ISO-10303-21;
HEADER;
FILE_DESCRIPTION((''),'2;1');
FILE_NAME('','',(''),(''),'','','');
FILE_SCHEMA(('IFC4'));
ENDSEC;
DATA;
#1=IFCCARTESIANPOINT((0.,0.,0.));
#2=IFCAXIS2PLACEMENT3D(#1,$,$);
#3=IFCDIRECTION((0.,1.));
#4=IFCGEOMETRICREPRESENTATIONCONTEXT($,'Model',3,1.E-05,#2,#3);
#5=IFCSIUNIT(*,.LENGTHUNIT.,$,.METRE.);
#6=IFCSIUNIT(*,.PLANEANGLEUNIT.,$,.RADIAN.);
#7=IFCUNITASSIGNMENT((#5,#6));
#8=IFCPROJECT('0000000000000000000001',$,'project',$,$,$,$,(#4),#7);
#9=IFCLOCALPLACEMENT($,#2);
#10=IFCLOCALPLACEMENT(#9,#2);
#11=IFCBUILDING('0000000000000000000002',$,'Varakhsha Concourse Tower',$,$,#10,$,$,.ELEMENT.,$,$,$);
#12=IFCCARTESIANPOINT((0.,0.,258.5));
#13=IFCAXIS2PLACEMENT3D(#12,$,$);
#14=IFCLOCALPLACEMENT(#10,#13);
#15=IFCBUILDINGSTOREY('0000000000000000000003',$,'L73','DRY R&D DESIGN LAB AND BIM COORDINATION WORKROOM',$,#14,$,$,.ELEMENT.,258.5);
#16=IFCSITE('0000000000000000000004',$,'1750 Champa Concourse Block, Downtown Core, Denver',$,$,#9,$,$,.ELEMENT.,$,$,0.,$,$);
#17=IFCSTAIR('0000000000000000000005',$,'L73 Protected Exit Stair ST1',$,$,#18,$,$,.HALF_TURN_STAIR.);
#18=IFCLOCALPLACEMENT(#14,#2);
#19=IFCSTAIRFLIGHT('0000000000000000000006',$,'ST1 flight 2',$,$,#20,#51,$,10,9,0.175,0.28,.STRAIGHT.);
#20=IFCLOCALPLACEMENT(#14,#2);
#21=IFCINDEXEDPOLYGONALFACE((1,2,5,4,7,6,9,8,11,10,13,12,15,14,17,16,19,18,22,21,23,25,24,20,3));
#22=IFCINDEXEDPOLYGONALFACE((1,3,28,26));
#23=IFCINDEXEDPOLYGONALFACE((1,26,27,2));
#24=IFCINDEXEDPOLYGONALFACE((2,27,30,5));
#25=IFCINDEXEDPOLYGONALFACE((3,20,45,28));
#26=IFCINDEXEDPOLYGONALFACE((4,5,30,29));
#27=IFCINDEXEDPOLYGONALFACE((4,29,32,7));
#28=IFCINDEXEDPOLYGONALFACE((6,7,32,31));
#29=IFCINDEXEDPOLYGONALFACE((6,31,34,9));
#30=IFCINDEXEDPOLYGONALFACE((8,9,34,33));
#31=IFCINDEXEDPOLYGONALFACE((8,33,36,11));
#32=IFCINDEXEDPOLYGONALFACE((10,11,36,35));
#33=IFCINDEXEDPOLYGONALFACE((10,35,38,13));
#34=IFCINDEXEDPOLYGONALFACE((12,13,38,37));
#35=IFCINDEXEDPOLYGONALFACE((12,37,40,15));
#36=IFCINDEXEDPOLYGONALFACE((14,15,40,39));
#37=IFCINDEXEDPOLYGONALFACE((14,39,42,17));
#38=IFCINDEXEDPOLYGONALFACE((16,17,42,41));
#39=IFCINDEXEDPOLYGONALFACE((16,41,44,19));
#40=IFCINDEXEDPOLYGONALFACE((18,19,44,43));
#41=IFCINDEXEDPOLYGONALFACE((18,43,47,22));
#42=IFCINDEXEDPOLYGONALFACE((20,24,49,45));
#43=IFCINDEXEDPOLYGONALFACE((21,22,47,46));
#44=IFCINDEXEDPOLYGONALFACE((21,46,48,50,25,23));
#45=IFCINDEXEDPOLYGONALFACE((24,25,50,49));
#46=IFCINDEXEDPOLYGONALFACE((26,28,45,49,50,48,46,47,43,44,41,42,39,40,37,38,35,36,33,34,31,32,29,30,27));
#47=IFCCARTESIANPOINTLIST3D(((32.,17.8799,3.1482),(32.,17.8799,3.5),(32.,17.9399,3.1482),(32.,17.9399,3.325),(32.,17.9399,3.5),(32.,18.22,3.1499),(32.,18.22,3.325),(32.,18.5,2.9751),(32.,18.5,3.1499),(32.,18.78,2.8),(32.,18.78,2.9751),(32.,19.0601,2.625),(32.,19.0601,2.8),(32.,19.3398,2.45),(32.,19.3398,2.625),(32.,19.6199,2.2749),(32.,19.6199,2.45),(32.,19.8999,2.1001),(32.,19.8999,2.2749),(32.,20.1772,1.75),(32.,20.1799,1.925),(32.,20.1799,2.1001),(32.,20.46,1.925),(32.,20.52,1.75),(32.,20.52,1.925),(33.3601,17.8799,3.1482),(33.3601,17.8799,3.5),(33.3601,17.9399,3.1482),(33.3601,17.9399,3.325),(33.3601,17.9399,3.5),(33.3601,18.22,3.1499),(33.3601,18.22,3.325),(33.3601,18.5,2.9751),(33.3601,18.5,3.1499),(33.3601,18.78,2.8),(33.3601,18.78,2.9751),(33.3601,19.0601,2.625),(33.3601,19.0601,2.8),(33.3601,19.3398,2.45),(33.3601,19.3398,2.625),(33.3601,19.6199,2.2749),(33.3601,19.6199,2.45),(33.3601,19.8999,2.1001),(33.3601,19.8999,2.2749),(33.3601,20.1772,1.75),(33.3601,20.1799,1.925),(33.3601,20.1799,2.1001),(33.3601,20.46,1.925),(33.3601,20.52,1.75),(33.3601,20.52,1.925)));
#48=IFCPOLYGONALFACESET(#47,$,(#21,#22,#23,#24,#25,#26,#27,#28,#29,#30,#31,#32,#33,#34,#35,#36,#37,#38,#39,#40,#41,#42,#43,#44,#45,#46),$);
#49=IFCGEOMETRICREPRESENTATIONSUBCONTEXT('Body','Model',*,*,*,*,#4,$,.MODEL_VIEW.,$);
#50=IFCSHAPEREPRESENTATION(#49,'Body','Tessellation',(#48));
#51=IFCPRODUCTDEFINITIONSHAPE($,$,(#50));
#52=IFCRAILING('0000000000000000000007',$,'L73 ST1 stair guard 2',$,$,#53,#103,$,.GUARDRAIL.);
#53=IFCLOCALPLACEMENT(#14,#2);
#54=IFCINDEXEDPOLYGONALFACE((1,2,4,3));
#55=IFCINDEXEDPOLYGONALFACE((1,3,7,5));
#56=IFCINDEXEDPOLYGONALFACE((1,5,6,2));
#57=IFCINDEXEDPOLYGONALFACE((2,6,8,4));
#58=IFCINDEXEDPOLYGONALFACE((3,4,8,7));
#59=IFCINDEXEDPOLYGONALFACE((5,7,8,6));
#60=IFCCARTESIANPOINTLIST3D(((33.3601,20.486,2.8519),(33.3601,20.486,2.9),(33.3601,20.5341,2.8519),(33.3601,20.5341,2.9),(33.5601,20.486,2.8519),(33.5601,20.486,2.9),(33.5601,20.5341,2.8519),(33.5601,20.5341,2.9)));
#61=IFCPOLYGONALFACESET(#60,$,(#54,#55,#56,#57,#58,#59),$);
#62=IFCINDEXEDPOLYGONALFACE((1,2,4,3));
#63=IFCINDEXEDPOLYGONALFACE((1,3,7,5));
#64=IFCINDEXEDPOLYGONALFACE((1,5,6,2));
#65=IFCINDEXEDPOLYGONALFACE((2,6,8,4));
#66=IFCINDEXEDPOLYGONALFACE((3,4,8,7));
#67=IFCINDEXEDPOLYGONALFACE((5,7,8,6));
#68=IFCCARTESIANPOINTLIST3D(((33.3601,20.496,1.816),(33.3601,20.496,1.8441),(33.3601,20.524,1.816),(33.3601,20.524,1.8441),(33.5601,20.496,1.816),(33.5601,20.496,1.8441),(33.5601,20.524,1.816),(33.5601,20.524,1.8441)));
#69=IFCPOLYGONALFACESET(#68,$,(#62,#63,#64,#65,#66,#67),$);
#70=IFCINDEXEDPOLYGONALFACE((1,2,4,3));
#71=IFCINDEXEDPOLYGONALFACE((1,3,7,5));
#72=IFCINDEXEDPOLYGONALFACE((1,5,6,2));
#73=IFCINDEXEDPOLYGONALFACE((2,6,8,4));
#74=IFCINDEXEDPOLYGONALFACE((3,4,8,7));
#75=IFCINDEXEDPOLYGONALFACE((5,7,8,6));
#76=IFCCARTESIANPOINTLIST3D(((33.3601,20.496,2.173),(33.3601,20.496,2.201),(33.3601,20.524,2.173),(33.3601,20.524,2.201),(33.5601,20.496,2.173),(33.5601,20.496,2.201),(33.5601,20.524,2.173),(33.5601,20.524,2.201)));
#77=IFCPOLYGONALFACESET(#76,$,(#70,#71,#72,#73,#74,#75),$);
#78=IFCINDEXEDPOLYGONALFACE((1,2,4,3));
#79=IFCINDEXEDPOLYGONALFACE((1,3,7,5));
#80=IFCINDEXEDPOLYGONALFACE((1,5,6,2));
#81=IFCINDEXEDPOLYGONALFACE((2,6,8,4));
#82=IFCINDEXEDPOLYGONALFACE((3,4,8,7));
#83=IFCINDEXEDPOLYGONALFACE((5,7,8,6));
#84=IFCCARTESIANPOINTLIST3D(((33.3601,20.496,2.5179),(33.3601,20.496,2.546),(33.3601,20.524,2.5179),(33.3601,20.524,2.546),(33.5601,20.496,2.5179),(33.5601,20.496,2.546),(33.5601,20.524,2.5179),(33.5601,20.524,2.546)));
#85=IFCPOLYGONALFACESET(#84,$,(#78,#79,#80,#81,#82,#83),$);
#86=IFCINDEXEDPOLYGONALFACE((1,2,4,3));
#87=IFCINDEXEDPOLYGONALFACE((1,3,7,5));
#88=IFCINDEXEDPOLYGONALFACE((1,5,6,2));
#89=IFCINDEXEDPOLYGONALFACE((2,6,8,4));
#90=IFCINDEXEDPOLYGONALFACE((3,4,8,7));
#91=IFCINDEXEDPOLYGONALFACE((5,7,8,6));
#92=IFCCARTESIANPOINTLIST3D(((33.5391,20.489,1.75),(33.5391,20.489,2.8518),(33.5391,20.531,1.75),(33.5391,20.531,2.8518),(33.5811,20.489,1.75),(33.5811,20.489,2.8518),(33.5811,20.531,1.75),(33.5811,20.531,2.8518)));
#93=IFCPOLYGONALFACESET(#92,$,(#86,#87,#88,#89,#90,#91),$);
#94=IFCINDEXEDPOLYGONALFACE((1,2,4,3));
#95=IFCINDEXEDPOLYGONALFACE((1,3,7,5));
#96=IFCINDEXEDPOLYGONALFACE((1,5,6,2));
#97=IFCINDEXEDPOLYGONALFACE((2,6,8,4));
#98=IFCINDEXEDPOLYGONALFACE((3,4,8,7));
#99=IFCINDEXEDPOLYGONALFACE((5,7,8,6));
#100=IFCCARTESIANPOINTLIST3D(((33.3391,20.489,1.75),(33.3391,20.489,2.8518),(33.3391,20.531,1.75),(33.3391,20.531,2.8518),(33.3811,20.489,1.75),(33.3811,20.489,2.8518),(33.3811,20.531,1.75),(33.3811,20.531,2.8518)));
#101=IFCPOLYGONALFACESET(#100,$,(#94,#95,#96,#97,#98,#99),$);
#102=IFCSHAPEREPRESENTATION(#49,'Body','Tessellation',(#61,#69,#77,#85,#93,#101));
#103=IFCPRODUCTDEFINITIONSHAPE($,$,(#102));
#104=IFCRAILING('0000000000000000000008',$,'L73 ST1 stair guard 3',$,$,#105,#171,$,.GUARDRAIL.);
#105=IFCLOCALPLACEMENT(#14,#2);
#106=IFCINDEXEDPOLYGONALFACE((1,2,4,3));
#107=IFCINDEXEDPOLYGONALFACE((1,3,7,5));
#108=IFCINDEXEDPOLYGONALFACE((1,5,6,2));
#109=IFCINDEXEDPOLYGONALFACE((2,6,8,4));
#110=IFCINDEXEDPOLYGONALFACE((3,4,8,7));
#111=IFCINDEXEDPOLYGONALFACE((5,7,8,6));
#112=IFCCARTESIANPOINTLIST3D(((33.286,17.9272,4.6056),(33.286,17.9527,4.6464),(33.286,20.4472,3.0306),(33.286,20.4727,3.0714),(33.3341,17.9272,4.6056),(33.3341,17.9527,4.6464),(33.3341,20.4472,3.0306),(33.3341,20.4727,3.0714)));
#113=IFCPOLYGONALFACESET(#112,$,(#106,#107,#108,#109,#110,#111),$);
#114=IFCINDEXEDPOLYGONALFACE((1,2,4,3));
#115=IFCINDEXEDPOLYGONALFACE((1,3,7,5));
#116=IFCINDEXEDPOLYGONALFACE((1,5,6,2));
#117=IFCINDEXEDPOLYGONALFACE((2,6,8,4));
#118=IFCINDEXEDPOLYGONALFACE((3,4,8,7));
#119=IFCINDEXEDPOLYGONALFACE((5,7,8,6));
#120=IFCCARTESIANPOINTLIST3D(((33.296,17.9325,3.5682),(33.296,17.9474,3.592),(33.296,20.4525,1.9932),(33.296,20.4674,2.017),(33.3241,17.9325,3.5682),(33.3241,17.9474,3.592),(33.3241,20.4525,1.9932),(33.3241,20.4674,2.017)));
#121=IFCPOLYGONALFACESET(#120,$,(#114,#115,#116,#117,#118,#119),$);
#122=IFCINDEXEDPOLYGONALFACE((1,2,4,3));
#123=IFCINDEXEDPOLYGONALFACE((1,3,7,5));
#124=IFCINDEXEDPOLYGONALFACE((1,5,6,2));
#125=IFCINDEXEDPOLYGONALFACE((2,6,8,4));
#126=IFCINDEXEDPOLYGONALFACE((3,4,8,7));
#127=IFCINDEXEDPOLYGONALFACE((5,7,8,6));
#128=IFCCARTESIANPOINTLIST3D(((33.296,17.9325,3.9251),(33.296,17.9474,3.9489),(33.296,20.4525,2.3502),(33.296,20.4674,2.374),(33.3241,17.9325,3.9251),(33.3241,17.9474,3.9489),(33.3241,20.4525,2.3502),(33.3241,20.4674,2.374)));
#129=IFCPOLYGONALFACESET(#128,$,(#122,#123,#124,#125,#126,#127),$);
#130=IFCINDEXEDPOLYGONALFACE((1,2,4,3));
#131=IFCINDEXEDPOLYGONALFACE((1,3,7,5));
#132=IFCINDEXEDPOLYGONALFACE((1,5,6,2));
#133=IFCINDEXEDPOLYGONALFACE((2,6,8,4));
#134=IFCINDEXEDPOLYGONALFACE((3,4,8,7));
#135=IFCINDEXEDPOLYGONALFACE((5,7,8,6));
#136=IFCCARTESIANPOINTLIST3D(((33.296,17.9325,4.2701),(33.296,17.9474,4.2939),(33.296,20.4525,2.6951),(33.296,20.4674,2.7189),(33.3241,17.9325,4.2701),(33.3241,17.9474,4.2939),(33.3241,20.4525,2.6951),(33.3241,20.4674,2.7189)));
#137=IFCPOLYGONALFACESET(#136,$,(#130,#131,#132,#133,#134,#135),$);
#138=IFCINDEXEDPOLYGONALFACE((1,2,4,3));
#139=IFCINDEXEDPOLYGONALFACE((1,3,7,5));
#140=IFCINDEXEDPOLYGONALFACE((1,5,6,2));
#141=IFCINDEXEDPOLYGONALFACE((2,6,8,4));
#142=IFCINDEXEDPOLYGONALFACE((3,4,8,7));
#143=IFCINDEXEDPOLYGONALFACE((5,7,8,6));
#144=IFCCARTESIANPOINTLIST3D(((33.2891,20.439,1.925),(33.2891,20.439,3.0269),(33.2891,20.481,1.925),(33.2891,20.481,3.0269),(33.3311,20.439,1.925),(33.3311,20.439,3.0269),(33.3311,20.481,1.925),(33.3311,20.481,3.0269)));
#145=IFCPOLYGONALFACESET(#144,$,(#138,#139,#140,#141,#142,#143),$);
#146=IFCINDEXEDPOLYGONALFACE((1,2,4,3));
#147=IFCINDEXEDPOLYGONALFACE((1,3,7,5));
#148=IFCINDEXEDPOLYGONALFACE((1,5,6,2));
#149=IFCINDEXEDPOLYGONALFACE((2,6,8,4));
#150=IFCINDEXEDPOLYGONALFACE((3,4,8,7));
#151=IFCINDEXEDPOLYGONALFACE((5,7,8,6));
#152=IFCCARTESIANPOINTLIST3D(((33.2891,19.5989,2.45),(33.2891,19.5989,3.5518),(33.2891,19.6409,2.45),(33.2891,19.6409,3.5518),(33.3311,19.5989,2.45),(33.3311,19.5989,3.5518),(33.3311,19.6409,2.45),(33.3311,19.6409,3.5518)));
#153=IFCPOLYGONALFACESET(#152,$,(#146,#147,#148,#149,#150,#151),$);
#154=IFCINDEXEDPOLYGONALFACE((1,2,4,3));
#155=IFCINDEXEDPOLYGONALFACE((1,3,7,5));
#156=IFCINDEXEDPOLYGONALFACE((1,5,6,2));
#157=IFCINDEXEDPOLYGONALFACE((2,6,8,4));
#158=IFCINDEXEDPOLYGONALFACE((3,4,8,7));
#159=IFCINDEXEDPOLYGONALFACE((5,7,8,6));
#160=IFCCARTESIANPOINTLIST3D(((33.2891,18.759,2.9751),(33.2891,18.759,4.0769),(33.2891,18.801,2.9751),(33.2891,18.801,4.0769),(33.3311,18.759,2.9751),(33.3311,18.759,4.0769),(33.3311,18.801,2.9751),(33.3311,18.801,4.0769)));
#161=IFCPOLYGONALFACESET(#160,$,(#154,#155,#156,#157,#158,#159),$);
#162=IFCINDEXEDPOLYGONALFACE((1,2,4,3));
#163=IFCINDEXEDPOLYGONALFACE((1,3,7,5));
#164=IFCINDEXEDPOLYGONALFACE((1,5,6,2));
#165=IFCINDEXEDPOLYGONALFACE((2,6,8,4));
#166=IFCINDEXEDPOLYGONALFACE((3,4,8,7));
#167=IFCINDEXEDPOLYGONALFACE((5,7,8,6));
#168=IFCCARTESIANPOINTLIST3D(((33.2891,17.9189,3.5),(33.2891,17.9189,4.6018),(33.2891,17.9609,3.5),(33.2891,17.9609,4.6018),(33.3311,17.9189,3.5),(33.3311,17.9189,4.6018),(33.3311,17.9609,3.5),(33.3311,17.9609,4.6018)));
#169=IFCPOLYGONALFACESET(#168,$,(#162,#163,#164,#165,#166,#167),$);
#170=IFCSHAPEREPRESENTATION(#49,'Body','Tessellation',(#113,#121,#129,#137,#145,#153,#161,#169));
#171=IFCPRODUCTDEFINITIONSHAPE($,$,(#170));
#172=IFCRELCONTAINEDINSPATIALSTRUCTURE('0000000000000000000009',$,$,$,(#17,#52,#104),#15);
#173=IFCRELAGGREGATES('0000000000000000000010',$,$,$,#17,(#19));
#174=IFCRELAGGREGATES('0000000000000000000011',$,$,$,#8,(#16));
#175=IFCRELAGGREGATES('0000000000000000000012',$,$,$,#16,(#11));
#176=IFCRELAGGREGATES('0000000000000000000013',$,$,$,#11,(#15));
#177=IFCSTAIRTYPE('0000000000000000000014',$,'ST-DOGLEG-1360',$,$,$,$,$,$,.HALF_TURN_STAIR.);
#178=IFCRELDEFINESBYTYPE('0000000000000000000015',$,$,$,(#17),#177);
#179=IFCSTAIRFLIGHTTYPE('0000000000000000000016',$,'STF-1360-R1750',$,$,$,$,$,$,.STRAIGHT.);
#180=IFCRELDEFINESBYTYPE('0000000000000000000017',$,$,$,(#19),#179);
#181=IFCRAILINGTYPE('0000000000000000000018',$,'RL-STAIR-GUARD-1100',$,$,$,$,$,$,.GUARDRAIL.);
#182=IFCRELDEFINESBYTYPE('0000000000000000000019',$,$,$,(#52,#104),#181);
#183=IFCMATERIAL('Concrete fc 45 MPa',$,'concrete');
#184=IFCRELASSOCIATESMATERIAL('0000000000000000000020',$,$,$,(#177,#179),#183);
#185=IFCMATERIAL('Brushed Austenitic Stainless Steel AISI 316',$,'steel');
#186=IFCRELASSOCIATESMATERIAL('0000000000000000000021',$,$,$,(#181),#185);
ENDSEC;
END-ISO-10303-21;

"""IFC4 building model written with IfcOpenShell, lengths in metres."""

from ifc_helpers import new_model, si_unit, direction, frame, origin, origin_2d, place, context, subcontext, project, spatial, polyline, rectangle, outline, extrude, material, type_object, element, aggregate, save


model = new_model("IFC4")

# Units and contexts
model_context = context("Model", 3, precision=1e-05, world=origin(), true_north=direction((0.0, 1.0)))
body_context = subcontext(model_context, "Body", "Model", "MODEL_VIEW")
ifc_project = project(units=[si_unit("LENGTHUNIT", "METRE"), si_unit("PLANEANGLEUNIT", "RADIAN")], contexts=[model_context])

# Site, building, storey
site_placement = place(None, origin())
site = spatial("IfcSite", under=ifc_project, at=site_placement, Name="1750 Champa Concourse Block, Downtown Core, Denver", CompositionType="ELEMENT", RefElevation=0.0)
building_placement = place(site_placement, origin())
building = spatial("IfcBuilding", under=site, at=building_placement, Name="Varakhsha Concourse Tower", CompositionType="ELEMENT")
storey_placement = place(building_placement, frame((0.0, 0.0, 258.5)))
storey = spatial("IfcBuildingStorey", under=building, at=storey_placement, Name="L73", Description="DRY R&D DESIGN LAB AND BIM COORDINATION WORKROOM", CompositionType="ELEMENT", Elevation=258.5)

# Shared definitions
ifc_material_1 = material(Name="Brushed Austenitic Stainless Steel AISI 316", Category="steel")

# Shared definitions
ifc_material_2 = material(Name="Concrete fc 45 MPa", Category="concrete")

# Stair, stair flight
stair_type = type_object("IfcStairType", Name="ST-DOGLEG-1360", PredefinedType="HALF_TURN_STAIR", material=ifc_material_2)
stair_placement = place(storey_placement, origin())
stair = element("IfcStair", 1, at=stair_placement, inside=storey, type_object=stair_type, Name="L73 Protected Exit Stair ST1", PredefinedType="HALF_TURN_STAIR")
stair_flight_type = type_object("IfcStairFlightType", Name="STF-1360-R1750", PredefinedType="STRAIGHT", material=ifc_material_2)
stair_flight_placement = place(storey_placement, frame((32.6799, 20.46, 1.75), z_axis=(0.0, 0.0, 1.0), x_axis=(0.0, -1.0, 0.0)))
stair_flight = element("IfcStairFlight", 2, at=stair_flight_placement, type_object=stair_flight_type, Name="ST1 flight 2", NumberOfRisers=10, NumberOfTreads=9, PredefinedType="STRAIGHT", RiserHeight=0.175, TreadLength=0.28, context=body_context, shape_type="SweptSolid", body=[
    extrude(outline(polyline([(-0.0601, 0.0), (-0.0601, 0.175), (0.0, 0.175), (0.28, 0.175), (0.28, 0.3501), (0.5601, 0.3501), (0.5601, 0.5249), (0.8401, 0.5249), (0.8401, 0.7), (1.1201, 0.7), (1.1201, 0.875), (1.3999, 0.875), (1.3999, 1.05), (1.6799, 1.05), (1.6799, 1.2251), (1.96, 1.2251), (1.96, 1.3999), (2.24, 1.3999), (2.24, 1.575), (2.52, 1.575), (2.52, 1.75), (2.5801, 1.75), (2.5801, 1.3982), (2.52, 1.3982), (0.2827, 0.0), (-0.0601, 0.0)])), frame((0.0, 0.6802, 0.0), z_axis=(0.0, -1.0, 0.0), x_axis=(1.0, 0.0, 0.0)), (0.0, 0.0, 1.0), 1.3601),
])
aggregate(stair, [stair_flight])

# Railings
railing_type = type_object("IfcRailingType", Name="RL-STAIR-GUARD-1100", PredefinedType="GUARDRAIL", material=ifc_material_1)
railing_1_placement = place(storey_placement, frame((33.5601, 20.51, 1.75)))
element("IfcRailing", 3, at=railing_1_placement, inside=storey, type_object=railing_type, Name="L73 ST1 stair guard 2", PredefinedType="GUARDRAIL", context=body_context, shape_type="SweptSolid", body=[
    extrude(rectangle(XDim=0.0481, YDim=0.0481, at=origin_2d()), frame((0.0, 0.0, 1.126), z_axis=(-1.0, 0.0, 0.0), x_axis=(0.0, -1.0, 0.0)), (0.0, 0.0, 1.0), 0.2),
    extrude(rectangle(XDim=0.0281, YDim=0.0281, at=origin_2d()), frame((0.0, 0.0, 0.0801), z_axis=(-1.0, 0.0, 0.0), x_axis=(0.0, -1.0, 0.0)), (0.0, 0.0, 1.0), 0.2),
    extrude(rectangle(XDim=0.0281, YDim=0.0281, at=origin_2d()), frame((0.0, 0.0, 0.437), z_axis=(-1.0, 0.0, 0.0), x_axis=(0.0, -1.0, 0.0)), (0.0, 0.0, 1.0), 0.2),
    extrude(rectangle(XDim=0.0281, YDim=0.0281, at=origin_2d()), frame((0.0, 0.0, 0.782), z_axis=(-1.0, 0.0, 0.0), x_axis=(0.0, -1.0, 0.0)), (0.0, 0.0, 1.0), 0.2),
    extrude(rectangle(XDim=0.042, YDim=0.042, at=origin_2d()), origin(), (0.0, 0.0, 1.0), 1.1018),
    extrude(rectangle(XDim=0.042, YDim=0.042, at=origin_2d()), frame((-0.2, 0.0, 0.0)), (0.0, 0.0, 1.0), 1.1018),
])
railing_2_placement = place(storey_placement, frame((33.3101, 20.46, 1.925)))
element("IfcRailing", 4, at=railing_2_placement, inside=storey, type_object=railing_type, Name="L73 ST1 stair guard 3", PredefinedType="GUARDRAIL", context=body_context, shape_type="SweptSolid", body=[
    extrude(rectangle(XDim=0.0481, YDim=0.0481, at=origin_2d()), frame((0.0, 0.0, 1.126), z_axis=(0.0, -0.848008, 0.529984), x_axis=(1.0, 0.0, 0.0)), (0.0, 0.0, 1.0), 2.9717),
    extrude(rectangle(XDim=0.0281, YDim=0.0281, at=origin_2d()), frame((0.0, 0.0, 0.0801), z_axis=(0.0, -0.848008, 0.529984), x_axis=(1.0, 0.0, 0.0)), (0.0, 0.0, 1.0), 2.9717),
    extrude(rectangle(XDim=0.0281, YDim=0.0281, at=origin_2d()), frame((0.0, 0.0, 0.437), z_axis=(0.0, -0.848008, 0.529984), x_axis=(1.0, 0.0, 0.0)), (0.0, 0.0, 1.0), 2.9717),
    extrude(rectangle(XDim=0.0281, YDim=0.0281, at=origin_2d()), frame((0.0, 0.0, 0.782), z_axis=(0.0, -0.848008, 0.529984), x_axis=(1.0, 0.0, 0.0)), (0.0, 0.0, 1.0), 2.9717),
    extrude(rectangle(XDim=0.042, YDim=0.042, at=origin_2d()), origin(), (0.0, 0.0, 1.0), 1.1018),
    extrude(rectangle(XDim=0.042, YDim=0.042, at=origin_2d()), frame((0.0, -0.8401, 0.5249)), (0.0, 0.0, 1.0), 1.1018),
    extrude(rectangle(XDim=0.042, YDim=0.042, at=origin_2d()), frame((0.0, -1.6799, 1.05)), (0.0, 0.0, 1.0), 1.1018),
    extrude(rectangle(XDim=0.042, YDim=0.042, at=origin_2d()), frame((0.0, -2.52, 1.575)), (0.0, 0.0, 1.0), 1.1018),
])

save(model, "model.ifc")
